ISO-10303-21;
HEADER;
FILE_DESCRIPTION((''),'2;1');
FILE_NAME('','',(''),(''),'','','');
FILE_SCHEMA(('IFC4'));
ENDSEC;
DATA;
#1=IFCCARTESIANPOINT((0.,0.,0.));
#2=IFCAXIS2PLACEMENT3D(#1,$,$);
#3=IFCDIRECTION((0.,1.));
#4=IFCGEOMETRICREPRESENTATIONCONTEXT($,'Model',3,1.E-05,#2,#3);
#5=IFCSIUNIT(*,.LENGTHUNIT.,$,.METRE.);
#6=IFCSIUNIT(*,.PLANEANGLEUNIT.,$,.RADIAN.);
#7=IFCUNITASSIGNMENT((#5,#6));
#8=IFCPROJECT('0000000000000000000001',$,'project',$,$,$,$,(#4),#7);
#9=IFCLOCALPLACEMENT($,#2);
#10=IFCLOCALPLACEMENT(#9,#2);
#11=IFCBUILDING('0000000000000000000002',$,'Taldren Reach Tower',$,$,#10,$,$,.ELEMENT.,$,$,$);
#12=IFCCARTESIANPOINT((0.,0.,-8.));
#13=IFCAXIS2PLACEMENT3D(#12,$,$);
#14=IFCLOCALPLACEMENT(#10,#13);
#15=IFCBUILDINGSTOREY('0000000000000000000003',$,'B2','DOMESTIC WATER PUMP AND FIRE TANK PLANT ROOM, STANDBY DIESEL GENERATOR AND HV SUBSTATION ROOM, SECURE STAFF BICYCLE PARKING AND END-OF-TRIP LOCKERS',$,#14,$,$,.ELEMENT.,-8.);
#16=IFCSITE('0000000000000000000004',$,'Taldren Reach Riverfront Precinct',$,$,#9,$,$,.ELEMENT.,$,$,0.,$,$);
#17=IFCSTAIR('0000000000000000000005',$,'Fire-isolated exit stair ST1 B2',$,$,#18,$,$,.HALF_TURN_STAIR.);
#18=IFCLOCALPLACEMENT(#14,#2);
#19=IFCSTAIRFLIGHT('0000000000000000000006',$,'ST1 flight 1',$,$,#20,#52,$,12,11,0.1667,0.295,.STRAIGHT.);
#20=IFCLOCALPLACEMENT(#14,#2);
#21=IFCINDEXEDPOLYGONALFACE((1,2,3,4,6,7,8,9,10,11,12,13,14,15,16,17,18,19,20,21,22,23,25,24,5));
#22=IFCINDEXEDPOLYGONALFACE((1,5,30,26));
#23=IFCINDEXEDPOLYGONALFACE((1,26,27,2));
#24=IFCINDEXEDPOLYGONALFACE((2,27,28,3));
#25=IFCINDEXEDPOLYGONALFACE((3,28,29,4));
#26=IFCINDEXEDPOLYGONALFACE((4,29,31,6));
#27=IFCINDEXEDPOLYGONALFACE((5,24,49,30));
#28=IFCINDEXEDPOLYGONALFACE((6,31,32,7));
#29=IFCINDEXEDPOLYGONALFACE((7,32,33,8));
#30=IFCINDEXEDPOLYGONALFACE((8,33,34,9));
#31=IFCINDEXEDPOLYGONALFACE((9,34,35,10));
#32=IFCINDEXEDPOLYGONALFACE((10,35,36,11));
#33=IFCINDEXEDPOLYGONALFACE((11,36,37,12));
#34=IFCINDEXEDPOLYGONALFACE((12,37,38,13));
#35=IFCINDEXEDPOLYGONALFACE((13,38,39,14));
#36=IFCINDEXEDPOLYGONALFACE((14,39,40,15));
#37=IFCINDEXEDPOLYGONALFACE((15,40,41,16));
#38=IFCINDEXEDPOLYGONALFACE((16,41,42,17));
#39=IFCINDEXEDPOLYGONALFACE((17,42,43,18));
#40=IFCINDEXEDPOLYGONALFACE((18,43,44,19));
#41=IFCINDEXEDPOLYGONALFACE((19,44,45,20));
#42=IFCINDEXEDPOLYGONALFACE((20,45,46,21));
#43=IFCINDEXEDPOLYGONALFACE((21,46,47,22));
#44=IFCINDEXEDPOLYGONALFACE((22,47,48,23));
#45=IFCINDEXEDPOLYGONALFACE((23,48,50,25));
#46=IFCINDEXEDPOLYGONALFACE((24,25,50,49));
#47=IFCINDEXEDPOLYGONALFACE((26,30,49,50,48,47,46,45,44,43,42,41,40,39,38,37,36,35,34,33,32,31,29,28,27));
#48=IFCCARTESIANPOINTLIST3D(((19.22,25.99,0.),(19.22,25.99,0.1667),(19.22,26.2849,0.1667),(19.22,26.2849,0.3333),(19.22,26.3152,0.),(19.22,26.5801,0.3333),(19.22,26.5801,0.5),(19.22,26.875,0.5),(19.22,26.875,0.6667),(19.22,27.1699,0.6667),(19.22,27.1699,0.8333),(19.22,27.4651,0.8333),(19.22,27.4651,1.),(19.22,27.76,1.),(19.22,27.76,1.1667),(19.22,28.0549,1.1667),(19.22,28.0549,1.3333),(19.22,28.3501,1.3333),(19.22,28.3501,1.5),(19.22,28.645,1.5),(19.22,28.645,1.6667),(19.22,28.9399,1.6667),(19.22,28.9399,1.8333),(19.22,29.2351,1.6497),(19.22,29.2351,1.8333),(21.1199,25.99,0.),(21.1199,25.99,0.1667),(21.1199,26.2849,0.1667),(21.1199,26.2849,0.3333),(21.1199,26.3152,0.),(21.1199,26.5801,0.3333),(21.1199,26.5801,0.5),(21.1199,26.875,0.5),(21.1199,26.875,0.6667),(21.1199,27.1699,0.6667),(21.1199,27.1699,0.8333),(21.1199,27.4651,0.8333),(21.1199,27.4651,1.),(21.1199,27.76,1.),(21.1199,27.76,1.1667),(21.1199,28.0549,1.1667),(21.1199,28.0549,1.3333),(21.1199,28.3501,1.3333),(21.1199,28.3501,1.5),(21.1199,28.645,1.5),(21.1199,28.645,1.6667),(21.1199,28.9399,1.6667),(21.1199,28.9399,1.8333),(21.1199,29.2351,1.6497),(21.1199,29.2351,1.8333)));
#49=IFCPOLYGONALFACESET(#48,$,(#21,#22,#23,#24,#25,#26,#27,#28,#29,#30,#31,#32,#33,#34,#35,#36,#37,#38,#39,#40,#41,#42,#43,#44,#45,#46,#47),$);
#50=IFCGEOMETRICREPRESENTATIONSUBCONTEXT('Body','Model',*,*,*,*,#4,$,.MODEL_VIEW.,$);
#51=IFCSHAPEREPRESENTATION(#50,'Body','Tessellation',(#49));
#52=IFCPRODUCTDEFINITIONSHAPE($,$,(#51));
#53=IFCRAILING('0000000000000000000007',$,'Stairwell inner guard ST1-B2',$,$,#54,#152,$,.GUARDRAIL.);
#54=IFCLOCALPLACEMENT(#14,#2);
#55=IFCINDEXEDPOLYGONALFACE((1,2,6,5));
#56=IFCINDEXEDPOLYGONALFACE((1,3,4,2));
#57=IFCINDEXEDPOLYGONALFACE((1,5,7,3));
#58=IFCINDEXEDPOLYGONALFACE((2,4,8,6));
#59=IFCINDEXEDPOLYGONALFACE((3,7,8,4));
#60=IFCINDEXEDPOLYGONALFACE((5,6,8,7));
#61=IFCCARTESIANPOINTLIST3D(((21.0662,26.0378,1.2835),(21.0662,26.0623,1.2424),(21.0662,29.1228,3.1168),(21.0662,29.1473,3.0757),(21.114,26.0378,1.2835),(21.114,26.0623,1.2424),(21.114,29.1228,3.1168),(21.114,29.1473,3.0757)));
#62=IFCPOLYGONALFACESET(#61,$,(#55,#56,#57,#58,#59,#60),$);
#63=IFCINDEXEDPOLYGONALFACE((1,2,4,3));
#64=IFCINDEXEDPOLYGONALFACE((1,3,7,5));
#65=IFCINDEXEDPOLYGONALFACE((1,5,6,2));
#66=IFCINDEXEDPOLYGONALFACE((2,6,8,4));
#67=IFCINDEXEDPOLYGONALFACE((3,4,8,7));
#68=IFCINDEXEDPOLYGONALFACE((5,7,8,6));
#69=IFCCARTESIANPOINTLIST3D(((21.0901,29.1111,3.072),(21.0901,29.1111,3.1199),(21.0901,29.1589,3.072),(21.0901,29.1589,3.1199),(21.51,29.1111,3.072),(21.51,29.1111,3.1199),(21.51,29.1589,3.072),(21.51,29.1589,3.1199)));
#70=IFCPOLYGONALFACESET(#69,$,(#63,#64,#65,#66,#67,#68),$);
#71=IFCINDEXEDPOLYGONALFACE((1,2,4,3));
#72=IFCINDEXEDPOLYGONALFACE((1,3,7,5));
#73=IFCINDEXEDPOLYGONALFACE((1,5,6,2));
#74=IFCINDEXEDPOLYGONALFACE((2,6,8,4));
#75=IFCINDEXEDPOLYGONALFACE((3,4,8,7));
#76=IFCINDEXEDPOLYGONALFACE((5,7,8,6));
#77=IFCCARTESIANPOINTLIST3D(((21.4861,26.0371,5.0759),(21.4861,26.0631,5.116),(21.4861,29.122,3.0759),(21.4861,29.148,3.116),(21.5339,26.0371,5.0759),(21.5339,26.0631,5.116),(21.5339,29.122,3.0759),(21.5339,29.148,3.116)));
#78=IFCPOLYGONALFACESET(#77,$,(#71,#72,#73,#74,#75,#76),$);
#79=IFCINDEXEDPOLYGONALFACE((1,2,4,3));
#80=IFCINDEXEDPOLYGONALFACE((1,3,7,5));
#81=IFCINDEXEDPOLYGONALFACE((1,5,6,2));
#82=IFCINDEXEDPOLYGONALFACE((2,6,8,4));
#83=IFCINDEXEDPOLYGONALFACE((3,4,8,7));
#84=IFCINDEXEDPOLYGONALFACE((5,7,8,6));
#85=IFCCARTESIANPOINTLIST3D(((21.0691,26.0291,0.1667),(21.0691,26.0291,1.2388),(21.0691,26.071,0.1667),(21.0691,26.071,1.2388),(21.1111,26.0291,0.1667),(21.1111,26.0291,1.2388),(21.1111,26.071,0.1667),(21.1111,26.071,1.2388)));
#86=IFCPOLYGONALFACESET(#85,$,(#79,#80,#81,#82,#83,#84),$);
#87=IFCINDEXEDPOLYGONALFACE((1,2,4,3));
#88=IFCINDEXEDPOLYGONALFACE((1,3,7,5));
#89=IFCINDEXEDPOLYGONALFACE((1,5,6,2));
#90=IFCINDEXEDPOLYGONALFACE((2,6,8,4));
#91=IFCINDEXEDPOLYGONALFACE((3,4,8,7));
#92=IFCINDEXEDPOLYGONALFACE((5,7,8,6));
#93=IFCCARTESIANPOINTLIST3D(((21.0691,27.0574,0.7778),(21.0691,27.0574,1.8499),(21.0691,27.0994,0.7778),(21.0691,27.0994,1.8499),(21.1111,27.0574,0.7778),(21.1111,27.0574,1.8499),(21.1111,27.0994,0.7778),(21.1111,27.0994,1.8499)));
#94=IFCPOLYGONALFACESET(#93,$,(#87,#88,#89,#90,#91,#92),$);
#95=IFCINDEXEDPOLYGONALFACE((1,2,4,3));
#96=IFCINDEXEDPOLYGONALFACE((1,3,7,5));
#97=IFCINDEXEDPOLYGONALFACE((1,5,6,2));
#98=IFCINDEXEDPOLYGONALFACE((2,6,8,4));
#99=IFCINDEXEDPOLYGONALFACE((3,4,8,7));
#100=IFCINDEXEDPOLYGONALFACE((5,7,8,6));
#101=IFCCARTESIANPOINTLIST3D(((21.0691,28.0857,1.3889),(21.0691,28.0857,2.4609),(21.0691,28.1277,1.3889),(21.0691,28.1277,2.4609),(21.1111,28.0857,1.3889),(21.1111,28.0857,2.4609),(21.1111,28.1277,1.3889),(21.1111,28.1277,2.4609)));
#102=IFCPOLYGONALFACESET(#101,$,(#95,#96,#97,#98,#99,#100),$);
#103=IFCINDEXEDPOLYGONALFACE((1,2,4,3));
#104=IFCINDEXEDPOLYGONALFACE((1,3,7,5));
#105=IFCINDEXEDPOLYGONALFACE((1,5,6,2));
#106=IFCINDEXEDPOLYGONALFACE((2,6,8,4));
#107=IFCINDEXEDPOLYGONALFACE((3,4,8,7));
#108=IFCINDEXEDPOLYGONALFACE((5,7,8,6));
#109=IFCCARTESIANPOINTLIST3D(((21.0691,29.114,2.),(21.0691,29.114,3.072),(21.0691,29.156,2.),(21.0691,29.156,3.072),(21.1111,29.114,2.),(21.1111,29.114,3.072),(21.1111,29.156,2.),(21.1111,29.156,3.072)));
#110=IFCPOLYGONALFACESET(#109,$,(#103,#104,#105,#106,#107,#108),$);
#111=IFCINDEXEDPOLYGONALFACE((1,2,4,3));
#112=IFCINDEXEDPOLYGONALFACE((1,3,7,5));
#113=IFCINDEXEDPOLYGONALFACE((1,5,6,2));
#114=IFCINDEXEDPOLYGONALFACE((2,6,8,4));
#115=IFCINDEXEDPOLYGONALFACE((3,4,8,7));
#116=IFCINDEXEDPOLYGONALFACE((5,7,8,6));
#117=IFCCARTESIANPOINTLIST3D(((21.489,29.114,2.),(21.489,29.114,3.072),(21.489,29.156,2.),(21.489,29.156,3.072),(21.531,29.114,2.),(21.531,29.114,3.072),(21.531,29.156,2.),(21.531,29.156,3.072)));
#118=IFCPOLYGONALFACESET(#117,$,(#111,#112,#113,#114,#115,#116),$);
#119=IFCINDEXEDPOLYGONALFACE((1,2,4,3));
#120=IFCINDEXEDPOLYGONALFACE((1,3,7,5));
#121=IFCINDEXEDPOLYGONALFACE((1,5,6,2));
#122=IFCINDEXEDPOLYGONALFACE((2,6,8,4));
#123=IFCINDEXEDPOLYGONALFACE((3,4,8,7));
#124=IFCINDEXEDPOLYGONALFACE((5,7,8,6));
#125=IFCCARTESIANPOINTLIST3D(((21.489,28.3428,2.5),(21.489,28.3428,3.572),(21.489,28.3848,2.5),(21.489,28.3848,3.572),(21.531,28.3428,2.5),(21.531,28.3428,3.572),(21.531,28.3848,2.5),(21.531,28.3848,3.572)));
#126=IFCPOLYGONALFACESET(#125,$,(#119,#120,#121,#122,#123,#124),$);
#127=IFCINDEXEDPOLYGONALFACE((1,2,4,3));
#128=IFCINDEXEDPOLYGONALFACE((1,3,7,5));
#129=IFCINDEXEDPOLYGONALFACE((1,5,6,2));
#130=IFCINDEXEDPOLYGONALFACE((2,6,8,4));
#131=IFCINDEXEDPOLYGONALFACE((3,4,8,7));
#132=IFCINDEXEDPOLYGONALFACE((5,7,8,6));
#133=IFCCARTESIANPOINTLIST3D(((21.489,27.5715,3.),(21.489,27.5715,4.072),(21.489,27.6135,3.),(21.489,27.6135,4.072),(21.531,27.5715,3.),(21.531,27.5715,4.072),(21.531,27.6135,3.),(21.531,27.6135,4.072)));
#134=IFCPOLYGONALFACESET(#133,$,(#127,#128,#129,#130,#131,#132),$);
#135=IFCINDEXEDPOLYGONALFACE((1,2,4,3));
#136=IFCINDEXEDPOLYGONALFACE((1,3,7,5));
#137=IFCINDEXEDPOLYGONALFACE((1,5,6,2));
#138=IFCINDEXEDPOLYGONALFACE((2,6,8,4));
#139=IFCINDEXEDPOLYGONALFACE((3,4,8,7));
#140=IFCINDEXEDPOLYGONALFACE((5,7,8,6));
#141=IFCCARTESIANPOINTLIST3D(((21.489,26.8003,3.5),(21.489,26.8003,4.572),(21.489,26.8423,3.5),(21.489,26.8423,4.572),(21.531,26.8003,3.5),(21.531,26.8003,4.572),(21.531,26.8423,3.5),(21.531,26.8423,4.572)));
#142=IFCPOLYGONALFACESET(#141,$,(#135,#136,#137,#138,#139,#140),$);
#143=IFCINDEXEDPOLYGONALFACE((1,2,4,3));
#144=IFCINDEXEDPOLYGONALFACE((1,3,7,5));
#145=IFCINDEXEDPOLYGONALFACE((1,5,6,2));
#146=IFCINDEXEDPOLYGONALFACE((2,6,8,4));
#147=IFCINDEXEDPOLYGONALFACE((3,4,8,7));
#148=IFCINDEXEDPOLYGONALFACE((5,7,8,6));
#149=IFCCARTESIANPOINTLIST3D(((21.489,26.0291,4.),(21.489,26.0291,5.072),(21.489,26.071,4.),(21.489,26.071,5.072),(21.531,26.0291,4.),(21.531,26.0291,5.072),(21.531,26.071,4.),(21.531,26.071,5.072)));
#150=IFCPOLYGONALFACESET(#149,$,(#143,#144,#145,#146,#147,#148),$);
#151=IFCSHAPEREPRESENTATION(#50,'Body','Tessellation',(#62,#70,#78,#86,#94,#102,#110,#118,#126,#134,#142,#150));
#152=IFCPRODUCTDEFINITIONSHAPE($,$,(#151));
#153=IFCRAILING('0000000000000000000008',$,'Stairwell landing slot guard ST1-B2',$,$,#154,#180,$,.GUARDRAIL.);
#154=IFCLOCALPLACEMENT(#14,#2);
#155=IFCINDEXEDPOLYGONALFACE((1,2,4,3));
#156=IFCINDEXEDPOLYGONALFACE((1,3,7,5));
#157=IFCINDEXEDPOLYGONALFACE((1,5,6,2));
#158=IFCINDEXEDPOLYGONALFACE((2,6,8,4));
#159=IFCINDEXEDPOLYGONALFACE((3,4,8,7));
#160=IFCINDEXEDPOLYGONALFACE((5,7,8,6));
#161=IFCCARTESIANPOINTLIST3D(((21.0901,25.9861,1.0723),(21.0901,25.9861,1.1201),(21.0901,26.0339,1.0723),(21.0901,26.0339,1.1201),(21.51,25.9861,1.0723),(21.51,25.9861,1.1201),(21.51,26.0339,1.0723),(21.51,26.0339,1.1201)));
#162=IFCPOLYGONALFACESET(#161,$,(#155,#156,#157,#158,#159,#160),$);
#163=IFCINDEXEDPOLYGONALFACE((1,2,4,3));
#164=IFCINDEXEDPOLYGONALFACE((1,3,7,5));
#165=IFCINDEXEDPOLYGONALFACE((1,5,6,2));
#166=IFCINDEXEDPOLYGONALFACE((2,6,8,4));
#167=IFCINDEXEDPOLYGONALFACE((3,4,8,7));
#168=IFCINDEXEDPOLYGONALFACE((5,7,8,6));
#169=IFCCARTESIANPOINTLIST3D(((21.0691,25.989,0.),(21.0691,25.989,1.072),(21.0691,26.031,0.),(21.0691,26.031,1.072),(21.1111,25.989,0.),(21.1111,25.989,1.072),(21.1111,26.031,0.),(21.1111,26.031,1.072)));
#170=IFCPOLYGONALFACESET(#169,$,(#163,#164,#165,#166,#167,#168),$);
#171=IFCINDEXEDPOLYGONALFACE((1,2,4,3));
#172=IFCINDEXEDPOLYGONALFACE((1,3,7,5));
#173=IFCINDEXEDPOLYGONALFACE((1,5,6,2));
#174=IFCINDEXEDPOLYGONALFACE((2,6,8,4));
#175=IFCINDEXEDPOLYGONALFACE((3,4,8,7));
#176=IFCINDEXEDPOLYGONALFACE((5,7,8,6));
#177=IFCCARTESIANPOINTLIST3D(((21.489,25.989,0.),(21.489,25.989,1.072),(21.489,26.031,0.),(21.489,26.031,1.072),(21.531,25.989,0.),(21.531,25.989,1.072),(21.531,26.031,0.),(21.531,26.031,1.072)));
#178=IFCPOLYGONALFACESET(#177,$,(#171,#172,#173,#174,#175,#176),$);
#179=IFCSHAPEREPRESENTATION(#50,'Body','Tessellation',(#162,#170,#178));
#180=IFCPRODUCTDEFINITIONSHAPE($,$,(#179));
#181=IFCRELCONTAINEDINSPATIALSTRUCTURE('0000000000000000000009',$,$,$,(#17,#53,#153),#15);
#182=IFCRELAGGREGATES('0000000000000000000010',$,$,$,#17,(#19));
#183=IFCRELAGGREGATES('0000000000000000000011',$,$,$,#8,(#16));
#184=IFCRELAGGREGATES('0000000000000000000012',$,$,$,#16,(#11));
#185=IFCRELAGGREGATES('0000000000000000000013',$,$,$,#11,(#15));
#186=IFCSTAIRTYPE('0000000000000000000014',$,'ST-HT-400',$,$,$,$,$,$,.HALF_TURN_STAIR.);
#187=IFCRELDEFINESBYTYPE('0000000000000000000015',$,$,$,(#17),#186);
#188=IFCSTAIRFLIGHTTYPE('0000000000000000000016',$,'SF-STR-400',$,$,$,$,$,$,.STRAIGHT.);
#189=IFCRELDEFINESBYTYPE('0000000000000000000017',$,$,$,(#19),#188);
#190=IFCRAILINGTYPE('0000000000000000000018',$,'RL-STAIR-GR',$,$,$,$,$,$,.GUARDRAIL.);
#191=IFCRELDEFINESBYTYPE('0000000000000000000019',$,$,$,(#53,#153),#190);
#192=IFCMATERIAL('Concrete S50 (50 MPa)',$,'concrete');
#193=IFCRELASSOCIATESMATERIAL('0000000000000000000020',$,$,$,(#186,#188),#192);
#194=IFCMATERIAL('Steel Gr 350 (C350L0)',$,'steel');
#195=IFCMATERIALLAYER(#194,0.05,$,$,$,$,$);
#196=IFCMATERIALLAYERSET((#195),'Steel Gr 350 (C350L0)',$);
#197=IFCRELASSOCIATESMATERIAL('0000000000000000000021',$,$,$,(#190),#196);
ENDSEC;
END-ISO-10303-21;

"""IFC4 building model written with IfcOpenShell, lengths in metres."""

from ifc_helpers import new_model, si_unit, direction, frame, origin, origin_2d, place, context, subcontext, project, spatial, polyline, rectangle, outline, extrude, material, layer, layer_set, type_object, element, aggregate, save


model = new_model("IFC4")

# Units and contexts
model_context = context("Model", 3, precision=1e-05, world=origin(), true_north=direction((0.0, 1.0)))
body_context = subcontext(model_context, "Body", "Model", "MODEL_VIEW")
ifc_project = project(units=[si_unit("LENGTHUNIT", "METRE"), si_unit("PLANEANGLEUNIT", "RADIAN")], contexts=[model_context])

# Site, building, storey
site_placement = place(None, origin())
site = spatial("IfcSite", under=ifc_project, at=site_placement, Name="Taldren Reach Riverfront Precinct", CompositionType="ELEMENT", RefElevation=0.0)
building_placement = place(site_placement, origin())
building = spatial("IfcBuilding", under=site, at=building_placement, Name="Taldren Reach Tower", CompositionType="ELEMENT")
storey_placement = place(building_placement, frame((0.0, 0.0, -8.0)))
storey = spatial("IfcBuildingStorey", under=building, at=storey_placement, Name="B2", Description="DOMESTIC WATER PUMP AND FIRE TANK PLANT ROOM, STANDBY DIESEL GENERATOR AND HV SUBSTATION ROOM, SECURE STAFF BICYCLE PARKING AND END-OF-TRIP LOCKERS", CompositionType="ELEMENT", Elevation=-8.0)

# Shared definitions
ifc_material_1 = material(Name="Concrete S50 (50 MPa)", Category="concrete")

# Stair, stair flight
stair_type = type_object("IfcStairType", Name="ST-HT-400", PredefinedType="HALF_TURN_STAIR", material=ifc_material_1)
stair_placement = place(storey_placement, origin())
stair = element("IfcStair", 1, at=stair_placement, inside=storey, type_object=stair_type, Name="Fire-isolated exit stair ST1 B2", PredefinedType="HALF_TURN_STAIR")
stair_flight_type = type_object("IfcStairFlightType", Name="SF-STR-400", PredefinedType="STRAIGHT", material=ifc_material_1)
stair_flight_placement = place(storey_placement, frame((20.1699, 25.99, 0.0), z_axis=(0.0, 0.0, 1.0), x_axis=(0.0, 1.0, 0.0)))
stair_flight = element("IfcStairFlight", 2, at=stair_flight_placement, type_object=stair_flight_type, Name="ST1 flight 1", NumberOfRisers=12, NumberOfTreads=11, PredefinedType="STRAIGHT", RiserHeight=0.1667, TreadLength=0.295, context=body_context, shape_type="SweptSolid", body=[
    extrude(outline(polyline([(0.0, 0.0), (0.0, 0.1667), (0.2949, 0.1667), (0.2949, 0.3333), (0.5901, 0.3333), (0.5901, 0.5), (0.885, 0.5), (0.885, 0.6667), (1.1799, 0.6667), (1.1799, 0.8333), (1.4751, 0.8333), (1.4751, 1.0), (1.77, 1.0), (1.77, 1.1667), (2.0649, 1.1667), (2.0649, 1.3333), (2.3601, 1.3333), (2.3601, 1.5), (2.655, 1.5), (2.655, 1.6667), (2.95, 1.6667), (2.95, 1.8333), (3.2451, 1.8333), (3.2451, 2.0), (3.2451, 1.6497), (0.3252, 0.0), (0.0, 0.0)])), frame((0.0, 0.95, 0.0), z_axis=(0.0, -1.0, 0.0), x_axis=(1.0, 0.0, 0.0)), (0.0, 0.0, 1.0), 1.8999),
])
aggregate(stair, [stair_flight])

# Railings
ifc_material_2 = material(Name="Steel Gr 350 (C350L0)", Category="steel")
ifc_layer_1 = layer(ifc_material_2, 0.05)
ifc_layer_set_1 = layer_set([ifc_layer_1], Name="Steel Gr 350 (C350L0)")
railing_type_1 = type_object("IfcRailingType", Name="RL-STAIR-GR", PredefinedType="GUARDRAIL", material=ifc_layer_set_1)
railing_1_placement = place(storey_placement, frame((21.0901, 26.05, 0.1667)))
element("IfcRailing", 3, at=railing_1_placement, inside=storey, type_object=railing_type_1, Name="Stairwell inner guard ST1-B2", PredefinedType="GUARDRAIL", context=body_context, shape_type="SweptSolid", body=[
    extrude(rectangle(XDim=0.0479, YDim=0.0479, at=origin_2d()), frame((0.0, 0.0, 1.0962), z_axis=(0.0, 0.859664, 0.510859), x_axis=(-1.0, 0.0, 0.0)), (0.0, 0.0, 1.0), 3.5886),
    extrude(rectangle(XDim=0.0479, YDim=0.0479, at=origin_2d()), frame((0.0, 3.085, 2.9292), z_axis=(1.0, 0.0, 0.0), x_axis=(0.0, 1.0, 0.0)), (0.0, 0.0, 1.0), 0.4199),
    extrude(rectangle(XDim=0.0479, YDim=0.0479, at=origin_2d()), frame((0.4199, 3.085, 2.9292), z_axis=(0.0, -0.839092, 0.543989), x_axis=(1.0, 0.0, 0.0)), (0.0, 0.0, 1.0), 3.6765),
    extrude(rectangle(XDim=0.042, YDim=0.042, at=origin_2d()), origin(), (0.0, 0.0, 1.0), 1.072),
    extrude(rectangle(XDim=0.042, YDim=0.042, at=origin_2d()), frame((0.0, 1.0283, 0.6111)), (0.0, 0.0, 1.0), 1.072),
    extrude(rectangle(XDim=0.042, YDim=0.042, at=origin_2d()), frame((0.0, 2.0566, 1.2222)), (0.0, 0.0, 1.0), 1.072),
    extrude(rectangle(XDim=0.042, YDim=0.042, at=origin_2d()), frame((0.0, 3.085, 1.8333)), (0.0, 0.0, 1.0), 1.072),
    extrude(rectangle(XDim=0.042, YDim=0.042, at=origin_2d()), frame((0.4199, 3.085, 1.8333)), (0.0, 0.0, 1.0), 1.072),
    extrude(rectangle(XDim=0.042, YDim=0.042, at=origin_2d()), frame((0.4199, 2.3137, 2.3333)), (0.0, 0.0, 1.0), 1.072),
    extrude(rectangle(XDim=0.042, YDim=0.042, at=origin_2d()), frame((0.4199, 1.5425, 2.8333)), (0.0, 0.0, 1.0), 1.072),
    extrude(rectangle(XDim=0.042, YDim=0.042, at=origin_2d()), frame((0.4199, 0.7712, 3.3333)), (0.0, 0.0, 1.0), 1.072),
    extrude(rectangle(XDim=0.042, YDim=0.042, at=origin_2d()), frame((0.4199, 0.0, 3.8333)), (0.0, 0.0, 1.0), 1.072),
])
railing_2_placement = place(storey_placement, frame((21.0901, 26.01, 0.0)))
element("IfcRailing", 4, at=railing_2_placement, inside=storey, type_object=railing_type_1, Name="Stairwell landing slot guard ST1-B2", PredefinedType="GUARDRAIL", context=body_context, shape_type="SweptSolid", body=[
    extrude(rectangle(XDim=0.0479, YDim=0.0479, at=origin_2d()), frame((0.0, 0.0, 1.0962), z_axis=(1.0, 0.0, 0.0), x_axis=(0.0, 1.0, 0.0)), (0.0, 0.0, 1.0), 0.4199),
    extrude(rectangle(XDim=0.042, YDim=0.042, at=origin_2d()), origin(), (0.0, 0.0, 1.0), 1.072),
    extrude(rectangle(XDim=0.042, YDim=0.042, at=origin_2d()), frame((0.4199, 0.0, 0.0)), (0.0, 0.0, 1.0), 1.072),
])

save(model, "model.ifc")
